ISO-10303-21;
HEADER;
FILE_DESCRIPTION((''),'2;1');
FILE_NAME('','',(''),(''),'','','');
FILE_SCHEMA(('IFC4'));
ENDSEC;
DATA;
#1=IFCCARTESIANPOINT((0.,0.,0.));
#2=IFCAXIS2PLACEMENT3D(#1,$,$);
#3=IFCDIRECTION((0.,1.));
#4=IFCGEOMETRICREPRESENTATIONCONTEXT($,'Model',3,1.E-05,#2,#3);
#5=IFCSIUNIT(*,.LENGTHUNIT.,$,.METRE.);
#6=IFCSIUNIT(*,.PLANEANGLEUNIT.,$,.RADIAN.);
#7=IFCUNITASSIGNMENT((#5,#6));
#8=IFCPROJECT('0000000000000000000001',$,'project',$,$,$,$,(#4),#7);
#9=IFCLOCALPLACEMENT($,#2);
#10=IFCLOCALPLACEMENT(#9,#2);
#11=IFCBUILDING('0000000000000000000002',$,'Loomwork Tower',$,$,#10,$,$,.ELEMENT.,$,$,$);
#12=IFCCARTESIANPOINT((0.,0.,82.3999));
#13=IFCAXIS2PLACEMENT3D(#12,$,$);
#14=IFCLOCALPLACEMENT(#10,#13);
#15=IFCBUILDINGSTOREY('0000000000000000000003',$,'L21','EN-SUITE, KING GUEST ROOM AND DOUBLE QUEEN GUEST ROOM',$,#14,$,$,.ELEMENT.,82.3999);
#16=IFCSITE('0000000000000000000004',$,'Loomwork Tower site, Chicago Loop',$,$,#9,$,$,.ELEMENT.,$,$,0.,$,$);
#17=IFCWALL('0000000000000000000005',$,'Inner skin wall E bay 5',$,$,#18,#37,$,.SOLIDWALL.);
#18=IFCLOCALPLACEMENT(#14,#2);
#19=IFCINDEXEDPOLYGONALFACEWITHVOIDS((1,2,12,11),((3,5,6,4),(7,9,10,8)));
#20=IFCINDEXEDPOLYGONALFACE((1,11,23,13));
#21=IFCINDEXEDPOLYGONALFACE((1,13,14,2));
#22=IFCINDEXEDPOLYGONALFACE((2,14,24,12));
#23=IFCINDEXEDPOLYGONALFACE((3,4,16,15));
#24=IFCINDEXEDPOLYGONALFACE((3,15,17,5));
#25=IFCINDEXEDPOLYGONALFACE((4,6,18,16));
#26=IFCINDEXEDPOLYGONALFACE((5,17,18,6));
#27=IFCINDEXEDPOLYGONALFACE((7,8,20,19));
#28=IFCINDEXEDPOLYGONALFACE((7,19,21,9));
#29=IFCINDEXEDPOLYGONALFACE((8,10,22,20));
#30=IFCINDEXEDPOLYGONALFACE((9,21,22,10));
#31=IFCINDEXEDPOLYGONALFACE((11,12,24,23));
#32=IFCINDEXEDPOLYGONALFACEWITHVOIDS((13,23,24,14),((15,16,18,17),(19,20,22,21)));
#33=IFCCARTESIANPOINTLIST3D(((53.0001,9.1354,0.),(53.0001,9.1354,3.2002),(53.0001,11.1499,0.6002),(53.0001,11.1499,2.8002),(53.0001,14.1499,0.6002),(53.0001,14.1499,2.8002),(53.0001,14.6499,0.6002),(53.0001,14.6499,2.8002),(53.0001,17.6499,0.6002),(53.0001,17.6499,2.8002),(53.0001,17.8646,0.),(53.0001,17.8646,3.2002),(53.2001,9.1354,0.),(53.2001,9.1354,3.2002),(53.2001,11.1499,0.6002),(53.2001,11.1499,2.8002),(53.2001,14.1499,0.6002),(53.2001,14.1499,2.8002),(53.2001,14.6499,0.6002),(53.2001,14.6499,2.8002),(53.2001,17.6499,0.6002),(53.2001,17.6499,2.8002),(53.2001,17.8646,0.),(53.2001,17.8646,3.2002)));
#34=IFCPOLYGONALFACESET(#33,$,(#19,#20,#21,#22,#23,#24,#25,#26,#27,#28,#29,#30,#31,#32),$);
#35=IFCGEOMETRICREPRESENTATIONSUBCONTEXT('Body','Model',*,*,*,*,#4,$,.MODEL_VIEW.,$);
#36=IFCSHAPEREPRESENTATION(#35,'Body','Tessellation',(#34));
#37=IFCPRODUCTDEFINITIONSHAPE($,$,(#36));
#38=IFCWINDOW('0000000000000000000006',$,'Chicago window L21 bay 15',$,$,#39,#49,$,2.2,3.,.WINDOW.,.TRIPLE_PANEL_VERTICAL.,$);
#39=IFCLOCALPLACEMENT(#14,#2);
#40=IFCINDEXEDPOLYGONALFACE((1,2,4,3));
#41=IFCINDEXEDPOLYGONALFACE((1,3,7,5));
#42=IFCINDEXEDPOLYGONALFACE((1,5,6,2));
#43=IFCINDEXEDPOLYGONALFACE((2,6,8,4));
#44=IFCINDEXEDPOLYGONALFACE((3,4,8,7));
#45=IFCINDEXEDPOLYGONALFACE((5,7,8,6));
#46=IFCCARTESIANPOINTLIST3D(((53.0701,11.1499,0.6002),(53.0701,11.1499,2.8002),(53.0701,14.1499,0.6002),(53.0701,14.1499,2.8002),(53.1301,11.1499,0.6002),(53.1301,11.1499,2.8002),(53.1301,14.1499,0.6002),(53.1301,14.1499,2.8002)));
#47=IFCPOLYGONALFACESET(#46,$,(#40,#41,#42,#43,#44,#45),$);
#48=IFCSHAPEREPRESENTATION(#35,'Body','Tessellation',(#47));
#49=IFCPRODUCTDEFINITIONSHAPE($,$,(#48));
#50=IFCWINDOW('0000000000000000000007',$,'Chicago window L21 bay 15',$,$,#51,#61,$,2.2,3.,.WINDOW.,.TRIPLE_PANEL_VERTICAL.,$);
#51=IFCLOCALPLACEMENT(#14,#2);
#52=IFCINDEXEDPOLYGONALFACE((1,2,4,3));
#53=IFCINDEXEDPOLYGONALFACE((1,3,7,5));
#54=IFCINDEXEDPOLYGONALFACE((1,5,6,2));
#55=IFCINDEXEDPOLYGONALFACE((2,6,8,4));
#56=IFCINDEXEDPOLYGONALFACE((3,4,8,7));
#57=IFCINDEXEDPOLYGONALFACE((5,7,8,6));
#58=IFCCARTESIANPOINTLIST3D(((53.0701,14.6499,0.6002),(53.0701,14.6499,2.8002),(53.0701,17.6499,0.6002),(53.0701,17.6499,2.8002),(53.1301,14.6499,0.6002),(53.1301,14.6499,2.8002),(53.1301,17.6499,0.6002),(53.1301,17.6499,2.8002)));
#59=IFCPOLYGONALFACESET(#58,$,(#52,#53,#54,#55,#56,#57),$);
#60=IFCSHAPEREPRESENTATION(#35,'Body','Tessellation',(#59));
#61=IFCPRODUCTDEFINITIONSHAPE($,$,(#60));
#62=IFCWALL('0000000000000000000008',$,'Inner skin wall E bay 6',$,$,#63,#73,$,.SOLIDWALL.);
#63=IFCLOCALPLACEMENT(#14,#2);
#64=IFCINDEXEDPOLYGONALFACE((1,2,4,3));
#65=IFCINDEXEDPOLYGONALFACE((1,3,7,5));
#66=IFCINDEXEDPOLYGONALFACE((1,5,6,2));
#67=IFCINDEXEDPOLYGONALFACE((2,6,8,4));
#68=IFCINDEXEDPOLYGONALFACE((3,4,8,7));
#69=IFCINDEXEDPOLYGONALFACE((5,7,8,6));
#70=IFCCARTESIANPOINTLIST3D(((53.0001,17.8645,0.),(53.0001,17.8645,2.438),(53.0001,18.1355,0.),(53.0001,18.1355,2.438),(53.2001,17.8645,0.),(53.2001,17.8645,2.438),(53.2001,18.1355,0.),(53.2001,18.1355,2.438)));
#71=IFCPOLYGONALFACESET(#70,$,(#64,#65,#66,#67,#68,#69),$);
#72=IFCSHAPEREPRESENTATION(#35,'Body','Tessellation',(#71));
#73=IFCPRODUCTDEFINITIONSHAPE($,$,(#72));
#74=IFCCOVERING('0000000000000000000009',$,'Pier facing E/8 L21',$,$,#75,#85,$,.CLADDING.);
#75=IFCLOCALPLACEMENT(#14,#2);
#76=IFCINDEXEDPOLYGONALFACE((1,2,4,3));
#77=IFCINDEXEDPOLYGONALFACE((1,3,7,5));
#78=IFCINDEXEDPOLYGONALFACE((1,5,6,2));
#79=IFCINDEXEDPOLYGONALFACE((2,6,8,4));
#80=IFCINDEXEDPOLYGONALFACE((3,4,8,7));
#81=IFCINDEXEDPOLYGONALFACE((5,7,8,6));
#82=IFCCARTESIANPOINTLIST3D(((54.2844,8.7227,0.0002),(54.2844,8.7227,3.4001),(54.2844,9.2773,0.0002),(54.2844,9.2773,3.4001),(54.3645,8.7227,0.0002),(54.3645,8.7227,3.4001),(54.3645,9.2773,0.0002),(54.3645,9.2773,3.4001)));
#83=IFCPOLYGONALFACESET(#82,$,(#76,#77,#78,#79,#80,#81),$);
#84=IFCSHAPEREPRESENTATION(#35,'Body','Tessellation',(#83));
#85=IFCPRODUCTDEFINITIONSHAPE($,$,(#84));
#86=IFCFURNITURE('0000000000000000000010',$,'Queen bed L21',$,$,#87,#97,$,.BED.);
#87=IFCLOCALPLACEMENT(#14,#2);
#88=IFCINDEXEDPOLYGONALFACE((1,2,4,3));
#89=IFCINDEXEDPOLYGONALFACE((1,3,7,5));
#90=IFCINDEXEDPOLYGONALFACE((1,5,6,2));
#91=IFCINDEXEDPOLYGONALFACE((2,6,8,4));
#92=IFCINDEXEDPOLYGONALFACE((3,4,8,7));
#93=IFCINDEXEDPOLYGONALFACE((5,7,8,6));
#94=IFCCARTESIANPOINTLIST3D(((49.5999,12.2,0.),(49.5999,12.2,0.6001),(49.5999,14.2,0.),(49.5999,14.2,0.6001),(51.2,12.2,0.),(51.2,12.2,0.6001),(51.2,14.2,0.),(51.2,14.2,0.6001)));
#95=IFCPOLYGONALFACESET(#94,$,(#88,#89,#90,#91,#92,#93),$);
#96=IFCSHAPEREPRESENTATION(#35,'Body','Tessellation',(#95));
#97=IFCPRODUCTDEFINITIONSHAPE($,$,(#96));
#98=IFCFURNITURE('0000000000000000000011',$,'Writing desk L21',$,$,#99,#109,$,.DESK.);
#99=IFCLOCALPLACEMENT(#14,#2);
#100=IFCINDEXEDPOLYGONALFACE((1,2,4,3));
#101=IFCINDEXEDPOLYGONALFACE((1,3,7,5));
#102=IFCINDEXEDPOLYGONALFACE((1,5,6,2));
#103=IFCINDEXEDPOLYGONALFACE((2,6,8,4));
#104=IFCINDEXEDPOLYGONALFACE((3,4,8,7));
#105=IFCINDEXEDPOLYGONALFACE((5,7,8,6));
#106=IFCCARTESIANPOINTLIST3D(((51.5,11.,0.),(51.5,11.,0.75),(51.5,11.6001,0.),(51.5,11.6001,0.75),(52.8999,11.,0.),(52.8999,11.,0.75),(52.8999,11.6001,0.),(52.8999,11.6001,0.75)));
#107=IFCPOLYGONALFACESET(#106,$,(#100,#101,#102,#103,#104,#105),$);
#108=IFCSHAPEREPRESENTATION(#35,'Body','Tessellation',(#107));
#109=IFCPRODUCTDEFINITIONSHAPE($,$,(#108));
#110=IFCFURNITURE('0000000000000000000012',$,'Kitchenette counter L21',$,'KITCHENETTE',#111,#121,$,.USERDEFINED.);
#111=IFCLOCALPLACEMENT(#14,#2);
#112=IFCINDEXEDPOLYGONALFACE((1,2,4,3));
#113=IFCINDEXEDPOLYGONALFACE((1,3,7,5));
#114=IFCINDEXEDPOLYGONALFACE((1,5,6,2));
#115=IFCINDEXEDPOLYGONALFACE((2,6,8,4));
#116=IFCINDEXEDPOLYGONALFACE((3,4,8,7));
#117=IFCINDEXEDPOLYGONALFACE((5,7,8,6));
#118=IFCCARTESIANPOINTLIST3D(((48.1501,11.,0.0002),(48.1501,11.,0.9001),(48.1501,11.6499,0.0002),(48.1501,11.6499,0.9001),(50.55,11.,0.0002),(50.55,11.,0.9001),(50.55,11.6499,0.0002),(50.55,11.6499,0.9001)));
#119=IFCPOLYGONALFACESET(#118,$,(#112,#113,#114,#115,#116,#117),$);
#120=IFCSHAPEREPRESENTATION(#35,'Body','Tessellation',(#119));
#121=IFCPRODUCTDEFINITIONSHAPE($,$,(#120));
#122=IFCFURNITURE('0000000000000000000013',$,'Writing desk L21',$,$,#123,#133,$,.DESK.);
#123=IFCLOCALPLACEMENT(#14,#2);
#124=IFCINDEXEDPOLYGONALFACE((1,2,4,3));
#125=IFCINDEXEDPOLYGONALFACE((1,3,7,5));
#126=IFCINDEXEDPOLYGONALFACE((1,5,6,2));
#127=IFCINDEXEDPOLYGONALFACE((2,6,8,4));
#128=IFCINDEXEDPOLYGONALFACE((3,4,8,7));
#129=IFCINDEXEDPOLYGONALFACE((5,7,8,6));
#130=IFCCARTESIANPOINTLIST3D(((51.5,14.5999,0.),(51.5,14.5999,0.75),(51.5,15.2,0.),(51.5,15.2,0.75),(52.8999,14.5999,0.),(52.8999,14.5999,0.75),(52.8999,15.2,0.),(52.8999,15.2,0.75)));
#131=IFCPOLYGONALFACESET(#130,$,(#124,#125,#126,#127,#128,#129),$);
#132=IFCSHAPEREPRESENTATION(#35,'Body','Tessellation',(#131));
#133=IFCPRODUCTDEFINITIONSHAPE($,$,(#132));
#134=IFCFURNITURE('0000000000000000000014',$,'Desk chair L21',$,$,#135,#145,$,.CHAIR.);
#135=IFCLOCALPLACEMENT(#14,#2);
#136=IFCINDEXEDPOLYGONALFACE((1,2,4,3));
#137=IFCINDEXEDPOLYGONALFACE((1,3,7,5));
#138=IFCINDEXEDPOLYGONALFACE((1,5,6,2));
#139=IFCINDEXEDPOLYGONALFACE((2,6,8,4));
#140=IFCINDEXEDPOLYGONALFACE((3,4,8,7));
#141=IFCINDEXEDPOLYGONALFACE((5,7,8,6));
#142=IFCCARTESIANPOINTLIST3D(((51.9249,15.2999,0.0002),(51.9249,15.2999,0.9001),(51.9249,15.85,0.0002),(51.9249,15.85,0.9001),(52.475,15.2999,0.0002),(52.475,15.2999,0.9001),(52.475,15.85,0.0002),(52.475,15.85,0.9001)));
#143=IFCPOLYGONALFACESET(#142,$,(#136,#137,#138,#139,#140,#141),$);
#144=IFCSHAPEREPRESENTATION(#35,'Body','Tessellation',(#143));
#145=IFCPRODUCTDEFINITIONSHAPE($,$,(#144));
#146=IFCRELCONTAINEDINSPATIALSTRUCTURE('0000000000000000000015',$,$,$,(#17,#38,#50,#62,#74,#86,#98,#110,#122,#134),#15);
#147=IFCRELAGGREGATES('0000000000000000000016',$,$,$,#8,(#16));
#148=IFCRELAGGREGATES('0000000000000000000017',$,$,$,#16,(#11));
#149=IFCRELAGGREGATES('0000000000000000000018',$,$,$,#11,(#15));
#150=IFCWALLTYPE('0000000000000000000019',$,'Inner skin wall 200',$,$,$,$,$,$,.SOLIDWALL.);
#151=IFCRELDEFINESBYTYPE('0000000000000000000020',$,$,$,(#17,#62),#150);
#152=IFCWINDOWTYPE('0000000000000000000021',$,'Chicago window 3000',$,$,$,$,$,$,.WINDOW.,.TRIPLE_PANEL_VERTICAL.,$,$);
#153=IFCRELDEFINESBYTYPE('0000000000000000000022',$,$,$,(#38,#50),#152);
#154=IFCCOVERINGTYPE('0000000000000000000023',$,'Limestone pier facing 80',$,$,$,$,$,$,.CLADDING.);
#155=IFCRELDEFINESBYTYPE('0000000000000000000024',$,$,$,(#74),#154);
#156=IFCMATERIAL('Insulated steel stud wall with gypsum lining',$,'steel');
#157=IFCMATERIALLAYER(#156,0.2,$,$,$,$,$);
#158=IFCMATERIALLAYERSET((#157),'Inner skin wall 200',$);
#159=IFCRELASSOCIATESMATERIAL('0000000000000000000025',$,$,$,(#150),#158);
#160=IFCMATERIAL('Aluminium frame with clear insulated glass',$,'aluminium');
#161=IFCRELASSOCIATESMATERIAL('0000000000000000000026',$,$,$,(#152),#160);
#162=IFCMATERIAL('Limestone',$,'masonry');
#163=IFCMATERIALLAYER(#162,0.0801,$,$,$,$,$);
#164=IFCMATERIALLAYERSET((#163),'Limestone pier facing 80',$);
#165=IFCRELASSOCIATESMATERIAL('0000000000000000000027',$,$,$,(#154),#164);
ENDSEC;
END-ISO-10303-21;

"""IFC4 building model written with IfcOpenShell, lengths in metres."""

from ifc_helpers import new_model, si_unit, direction, frame, frame_2d, origin, origin_2d, place, context, subcontext, project, spatial, rectangle, extrude, material, layer, layer_set, type_object, element, fill, save


model = new_model("IFC4")

# Units and contexts
model_context = context("Model", 3, precision=1e-05, world=origin(), true_north=direction((0.0, 1.0)))
body_context = subcontext(model_context, "Body", "Model", "MODEL_VIEW")
ifc_project = project(units=[si_unit("LENGTHUNIT", "METRE"), si_unit("PLANEANGLEUNIT", "RADIAN")], contexts=[model_context])

# Site, building, storey
site_placement = place(None, origin())
site = spatial("IfcSite", under=ifc_project, at=site_placement, Name="Loomwork Tower site, Chicago Loop", CompositionType="ELEMENT", RefElevation=0.0)
building_placement = place(site_placement, origin())
building = spatial("IfcBuilding", under=site, at=building_placement, Name="Loomwork Tower", CompositionType="ELEMENT")
storey_placement = place(building_placement, frame((0.0, 0.0, 82.3999)))
storey = spatial("IfcBuildingStorey", under=building, at=storey_placement, Name="L21", Description="EN-SUITE, KING GUEST ROOM AND DOUBLE QUEEN GUEST ROOM", CompositionType="ELEMENT", Elevation=82.3999)

# Shared definitions
ifc_material_1 = material(Name="Insulated steel stud wall with gypsum lining", Category="steel")
ifc_layer_1 = layer(ifc_material_1, 0.2)
ifc_layer_set_1 = layer_set([ifc_layer_1], Name="Inner skin wall 200")
wall_type = type_object("IfcWallType", Name="Inner skin wall 200", PredefinedType="SOLIDWALL", material=ifc_layer_set_1)

# Wall, openings, windows
wall_1_placement = place(storey_placement, frame((53.1001, 9.1353, 0.0), z_axis=(0.0, 0.0, 1.0), x_axis=(0.0, 1.0, 0.0)))
wall_1 = element("IfcWall", 1, at=wall_1_placement, inside=storey, type_object=wall_type, Name="Inner skin wall E bay 5", PredefinedType="SOLIDWALL", context=body_context, shape_type="SweptSolid", body=[
    extrude(rectangle(XDim=8.7292, YDim=0.2, at=frame_2d((4.3647, 0.0))), origin(), (0.0, 0.0, 1.0), 3.2002),
])
opening_1_placement = place(wall_1_placement, frame((2.0146, 0.0, 0.6001)))
opening_1 = element("IfcOpeningElement", 2, at=opening_1_placement, cuts=wall_1, PredefinedType="OPENING", context=body_context, shape_type="SweptSolid", body=[
    extrude(rectangle(XDim=3.0, YDim=2.2, at=frame_2d((1.5, 1.1001))), frame((0.0, 0.1099, 0.0), z_axis=(0.0, -1.0, 0.0), x_axis=(1.0, 0.0, 0.0)), (0.0, 0.0, 1.0), 0.22),
])
opening_2_placement = place(wall_1_placement, frame((5.5146, 0.0, 0.6001)))
opening_2 = element("IfcOpeningElement", 3, at=opening_2_placement, cuts=wall_1, PredefinedType="OPENING", context=body_context, shape_type="SweptSolid", body=[
    extrude(rectangle(XDim=3.0, YDim=2.2, at=frame_2d((1.5, 1.1001))), frame((0.0, 0.1099, 0.0), z_axis=(0.0, -1.0, 0.0), x_axis=(1.0, 0.0, 0.0)), (0.0, 0.0, 1.0), 0.22),
])
ifc_material_2 = material(Name="Aluminium frame with clear insulated glass", Category="aluminium")
window_type = type_object("IfcWindowType", Name="Chicago window 3000", PartitioningType="TRIPLE_PANEL_VERTICAL", PredefinedType="WINDOW", material=ifc_material_2)
window_1_placement = place(opening_1_placement, origin())
window_1 = element("IfcWindow", 4, at=window_1_placement, inside=storey, type_object=window_type, Name="Chicago window L21 bay 15", OverallHeight=2.2, OverallWidth=3.0, PartitioningType="TRIPLE_PANEL_VERTICAL", PredefinedType="WINDOW", context=body_context, shape_type="SweptSolid", body=[
    extrude(rectangle(XDim=3.0, YDim=2.2, at=frame_2d((1.5, 1.1001))), frame((0.0, 0.03, 0.0), z_axis=(0.0, -1.0, 0.0), x_axis=(1.0, 0.0, 0.0)), (0.0, 0.0, 1.0), 0.0601),
])
fill(opening_1, window_1)
window_2_placement = place(opening_2_placement, origin())
window_2 = element("IfcWindow", 5, at=window_2_placement, inside=storey, type_object=window_type, Name="Chicago window L21 bay 15", OverallHeight=2.2, OverallWidth=3.0, PartitioningType="TRIPLE_PANEL_VERTICAL", PredefinedType="WINDOW", context=body_context, shape_type="SweptSolid", body=[
    extrude(rectangle(XDim=3.0, YDim=2.2, at=frame_2d((1.5, 1.1001))), frame((0.0, 0.03, 0.0), z_axis=(0.0, -1.0, 0.0), x_axis=(1.0, 0.0, 0.0)), (0.0, 0.0, 1.0), 0.0601),
])
fill(opening_2, window_2)

# Wall
wall_2_placement = place(storey_placement, frame((53.1001, 17.8645, 0.0), z_axis=(0.0, 0.0, 1.0), x_axis=(0.0, 1.0, 0.0)))
element("IfcWall", 6, at=wall_2_placement, inside=storey, type_object=wall_type, Name="Inner skin wall E bay 6", PredefinedType="SOLIDWALL", context=body_context, shape_type="SweptSolid", body=[
    extrude(rectangle(XDim=0.271, YDim=0.2, at=frame_2d((0.1355, 0.0))), origin(), (0.0, 0.0, 1.0), 2.438),
])

# Covering
ifc_material_3 = material(Name="Limestone", Category="masonry")
ifc_layer_2 = layer(ifc_material_3, 0.0801)
ifc_layer_set_2 = layer_set([ifc_layer_2], Name="Limestone pier facing 80")
covering_type = type_object("IfcCoveringType", Name="Limestone pier facing 80", PredefinedType="CLADDING", material=ifc_layer_set_2)
covering_placement = place(storey_placement, frame((54.3245, 9.0, 0.0002), z_axis=(0.0, 0.0, 1.0), x_axis=(1.0, 0.0, 0.0)))
element("IfcCovering", 7, at=covering_placement, inside=storey, type_object=covering_type, Name="Pier facing E/8 L21", PredefinedType="CLADDING", context=body_context, shape_type="SweptSolid", body=[
    extrude(rectangle(XDim=0.0801, YDim=0.5547, at=origin_2d()), origin(), (0.0, 0.0, 1.0), 3.3999),
])

# Furniture
furniture_1_placement = place(storey_placement, frame((50.3999, 13.2, 0.0), z_axis=(0.0, 0.0, 1.0), x_axis=(1.0, 0.0, 0.0)))
element("IfcFurniture", 8, at=furniture_1_placement, inside=storey, Name="Queen bed L21", PredefinedType="BED", context=body_context, shape_type="SweptSolid", body=[
    extrude(rectangle(XDim=1.6001, YDim=2.0, at=origin_2d()), origin(), (0.0, 0.0, 1.0), 0.6001),
])
furniture_2_placement = place(storey_placement, frame((52.2, 11.3, 0.0), z_axis=(0.0, 0.0, 1.0), x_axis=(1.0, 0.0, 0.0)))
element("IfcFurniture", 9, at=furniture_2_placement, inside=storey, Name="Writing desk L21", PredefinedType="DESK", context=body_context, shape_type="SweptSolid", body=[
    extrude(rectangle(XDim=1.3999, YDim=0.6001, at=origin_2d()), origin(), (0.0, 0.0, 1.0), 0.75),
])
furniture_3_placement = place(storey_placement, frame((49.3501, 11.325, 0.0002), z_axis=(0.0, 0.0, 1.0), x_axis=(1.0, 0.0, 0.0)))
element("IfcFurniture", 10, at=furniture_3_placement, inside=storey, Name="Kitchenette counter L21", ObjectType="KITCHENETTE", PredefinedType="USERDEFINED", context=body_context, shape_type="SweptSolid", body=[
    extrude(rectangle(XDim=2.3999, YDim=0.6499, at=origin_2d()), origin(), (0.0, 0.0, 1.0), 0.8999),
])
furniture_4_placement = place(storey_placement, frame((52.2, 14.8999, 0.0), z_axis=(0.0, 0.0, 1.0), x_axis=(1.0, 0.0, 0.0)))
element("IfcFurniture", 11, at=furniture_4_placement, inside=storey, Name="Writing desk L21", PredefinedType="DESK", context=body_context, shape_type="SweptSolid", body=[
    extrude(rectangle(XDim=1.3999, YDim=0.6001, at=origin_2d()), origin(), (0.0, 0.0, 1.0), 0.75),
])
furniture_5_placement = place(storey_placement, frame((52.2, 15.575, 0.0002), z_axis=(0.0, 0.0, 1.0), x_axis=(1.0, 0.0, 0.0)))
element("IfcFurniture", 12, at=furniture_5_placement, inside=storey, Name="Desk chair L21", PredefinedType="CHAIR", context=body_context, shape_type="SweptSolid", body=[
    extrude(rectangle(XDim=0.55, YDim=0.55, at=origin_2d()), origin(), (0.0, 0.0, 1.0), 0.8999),
])

save(model, "model.ifc")
